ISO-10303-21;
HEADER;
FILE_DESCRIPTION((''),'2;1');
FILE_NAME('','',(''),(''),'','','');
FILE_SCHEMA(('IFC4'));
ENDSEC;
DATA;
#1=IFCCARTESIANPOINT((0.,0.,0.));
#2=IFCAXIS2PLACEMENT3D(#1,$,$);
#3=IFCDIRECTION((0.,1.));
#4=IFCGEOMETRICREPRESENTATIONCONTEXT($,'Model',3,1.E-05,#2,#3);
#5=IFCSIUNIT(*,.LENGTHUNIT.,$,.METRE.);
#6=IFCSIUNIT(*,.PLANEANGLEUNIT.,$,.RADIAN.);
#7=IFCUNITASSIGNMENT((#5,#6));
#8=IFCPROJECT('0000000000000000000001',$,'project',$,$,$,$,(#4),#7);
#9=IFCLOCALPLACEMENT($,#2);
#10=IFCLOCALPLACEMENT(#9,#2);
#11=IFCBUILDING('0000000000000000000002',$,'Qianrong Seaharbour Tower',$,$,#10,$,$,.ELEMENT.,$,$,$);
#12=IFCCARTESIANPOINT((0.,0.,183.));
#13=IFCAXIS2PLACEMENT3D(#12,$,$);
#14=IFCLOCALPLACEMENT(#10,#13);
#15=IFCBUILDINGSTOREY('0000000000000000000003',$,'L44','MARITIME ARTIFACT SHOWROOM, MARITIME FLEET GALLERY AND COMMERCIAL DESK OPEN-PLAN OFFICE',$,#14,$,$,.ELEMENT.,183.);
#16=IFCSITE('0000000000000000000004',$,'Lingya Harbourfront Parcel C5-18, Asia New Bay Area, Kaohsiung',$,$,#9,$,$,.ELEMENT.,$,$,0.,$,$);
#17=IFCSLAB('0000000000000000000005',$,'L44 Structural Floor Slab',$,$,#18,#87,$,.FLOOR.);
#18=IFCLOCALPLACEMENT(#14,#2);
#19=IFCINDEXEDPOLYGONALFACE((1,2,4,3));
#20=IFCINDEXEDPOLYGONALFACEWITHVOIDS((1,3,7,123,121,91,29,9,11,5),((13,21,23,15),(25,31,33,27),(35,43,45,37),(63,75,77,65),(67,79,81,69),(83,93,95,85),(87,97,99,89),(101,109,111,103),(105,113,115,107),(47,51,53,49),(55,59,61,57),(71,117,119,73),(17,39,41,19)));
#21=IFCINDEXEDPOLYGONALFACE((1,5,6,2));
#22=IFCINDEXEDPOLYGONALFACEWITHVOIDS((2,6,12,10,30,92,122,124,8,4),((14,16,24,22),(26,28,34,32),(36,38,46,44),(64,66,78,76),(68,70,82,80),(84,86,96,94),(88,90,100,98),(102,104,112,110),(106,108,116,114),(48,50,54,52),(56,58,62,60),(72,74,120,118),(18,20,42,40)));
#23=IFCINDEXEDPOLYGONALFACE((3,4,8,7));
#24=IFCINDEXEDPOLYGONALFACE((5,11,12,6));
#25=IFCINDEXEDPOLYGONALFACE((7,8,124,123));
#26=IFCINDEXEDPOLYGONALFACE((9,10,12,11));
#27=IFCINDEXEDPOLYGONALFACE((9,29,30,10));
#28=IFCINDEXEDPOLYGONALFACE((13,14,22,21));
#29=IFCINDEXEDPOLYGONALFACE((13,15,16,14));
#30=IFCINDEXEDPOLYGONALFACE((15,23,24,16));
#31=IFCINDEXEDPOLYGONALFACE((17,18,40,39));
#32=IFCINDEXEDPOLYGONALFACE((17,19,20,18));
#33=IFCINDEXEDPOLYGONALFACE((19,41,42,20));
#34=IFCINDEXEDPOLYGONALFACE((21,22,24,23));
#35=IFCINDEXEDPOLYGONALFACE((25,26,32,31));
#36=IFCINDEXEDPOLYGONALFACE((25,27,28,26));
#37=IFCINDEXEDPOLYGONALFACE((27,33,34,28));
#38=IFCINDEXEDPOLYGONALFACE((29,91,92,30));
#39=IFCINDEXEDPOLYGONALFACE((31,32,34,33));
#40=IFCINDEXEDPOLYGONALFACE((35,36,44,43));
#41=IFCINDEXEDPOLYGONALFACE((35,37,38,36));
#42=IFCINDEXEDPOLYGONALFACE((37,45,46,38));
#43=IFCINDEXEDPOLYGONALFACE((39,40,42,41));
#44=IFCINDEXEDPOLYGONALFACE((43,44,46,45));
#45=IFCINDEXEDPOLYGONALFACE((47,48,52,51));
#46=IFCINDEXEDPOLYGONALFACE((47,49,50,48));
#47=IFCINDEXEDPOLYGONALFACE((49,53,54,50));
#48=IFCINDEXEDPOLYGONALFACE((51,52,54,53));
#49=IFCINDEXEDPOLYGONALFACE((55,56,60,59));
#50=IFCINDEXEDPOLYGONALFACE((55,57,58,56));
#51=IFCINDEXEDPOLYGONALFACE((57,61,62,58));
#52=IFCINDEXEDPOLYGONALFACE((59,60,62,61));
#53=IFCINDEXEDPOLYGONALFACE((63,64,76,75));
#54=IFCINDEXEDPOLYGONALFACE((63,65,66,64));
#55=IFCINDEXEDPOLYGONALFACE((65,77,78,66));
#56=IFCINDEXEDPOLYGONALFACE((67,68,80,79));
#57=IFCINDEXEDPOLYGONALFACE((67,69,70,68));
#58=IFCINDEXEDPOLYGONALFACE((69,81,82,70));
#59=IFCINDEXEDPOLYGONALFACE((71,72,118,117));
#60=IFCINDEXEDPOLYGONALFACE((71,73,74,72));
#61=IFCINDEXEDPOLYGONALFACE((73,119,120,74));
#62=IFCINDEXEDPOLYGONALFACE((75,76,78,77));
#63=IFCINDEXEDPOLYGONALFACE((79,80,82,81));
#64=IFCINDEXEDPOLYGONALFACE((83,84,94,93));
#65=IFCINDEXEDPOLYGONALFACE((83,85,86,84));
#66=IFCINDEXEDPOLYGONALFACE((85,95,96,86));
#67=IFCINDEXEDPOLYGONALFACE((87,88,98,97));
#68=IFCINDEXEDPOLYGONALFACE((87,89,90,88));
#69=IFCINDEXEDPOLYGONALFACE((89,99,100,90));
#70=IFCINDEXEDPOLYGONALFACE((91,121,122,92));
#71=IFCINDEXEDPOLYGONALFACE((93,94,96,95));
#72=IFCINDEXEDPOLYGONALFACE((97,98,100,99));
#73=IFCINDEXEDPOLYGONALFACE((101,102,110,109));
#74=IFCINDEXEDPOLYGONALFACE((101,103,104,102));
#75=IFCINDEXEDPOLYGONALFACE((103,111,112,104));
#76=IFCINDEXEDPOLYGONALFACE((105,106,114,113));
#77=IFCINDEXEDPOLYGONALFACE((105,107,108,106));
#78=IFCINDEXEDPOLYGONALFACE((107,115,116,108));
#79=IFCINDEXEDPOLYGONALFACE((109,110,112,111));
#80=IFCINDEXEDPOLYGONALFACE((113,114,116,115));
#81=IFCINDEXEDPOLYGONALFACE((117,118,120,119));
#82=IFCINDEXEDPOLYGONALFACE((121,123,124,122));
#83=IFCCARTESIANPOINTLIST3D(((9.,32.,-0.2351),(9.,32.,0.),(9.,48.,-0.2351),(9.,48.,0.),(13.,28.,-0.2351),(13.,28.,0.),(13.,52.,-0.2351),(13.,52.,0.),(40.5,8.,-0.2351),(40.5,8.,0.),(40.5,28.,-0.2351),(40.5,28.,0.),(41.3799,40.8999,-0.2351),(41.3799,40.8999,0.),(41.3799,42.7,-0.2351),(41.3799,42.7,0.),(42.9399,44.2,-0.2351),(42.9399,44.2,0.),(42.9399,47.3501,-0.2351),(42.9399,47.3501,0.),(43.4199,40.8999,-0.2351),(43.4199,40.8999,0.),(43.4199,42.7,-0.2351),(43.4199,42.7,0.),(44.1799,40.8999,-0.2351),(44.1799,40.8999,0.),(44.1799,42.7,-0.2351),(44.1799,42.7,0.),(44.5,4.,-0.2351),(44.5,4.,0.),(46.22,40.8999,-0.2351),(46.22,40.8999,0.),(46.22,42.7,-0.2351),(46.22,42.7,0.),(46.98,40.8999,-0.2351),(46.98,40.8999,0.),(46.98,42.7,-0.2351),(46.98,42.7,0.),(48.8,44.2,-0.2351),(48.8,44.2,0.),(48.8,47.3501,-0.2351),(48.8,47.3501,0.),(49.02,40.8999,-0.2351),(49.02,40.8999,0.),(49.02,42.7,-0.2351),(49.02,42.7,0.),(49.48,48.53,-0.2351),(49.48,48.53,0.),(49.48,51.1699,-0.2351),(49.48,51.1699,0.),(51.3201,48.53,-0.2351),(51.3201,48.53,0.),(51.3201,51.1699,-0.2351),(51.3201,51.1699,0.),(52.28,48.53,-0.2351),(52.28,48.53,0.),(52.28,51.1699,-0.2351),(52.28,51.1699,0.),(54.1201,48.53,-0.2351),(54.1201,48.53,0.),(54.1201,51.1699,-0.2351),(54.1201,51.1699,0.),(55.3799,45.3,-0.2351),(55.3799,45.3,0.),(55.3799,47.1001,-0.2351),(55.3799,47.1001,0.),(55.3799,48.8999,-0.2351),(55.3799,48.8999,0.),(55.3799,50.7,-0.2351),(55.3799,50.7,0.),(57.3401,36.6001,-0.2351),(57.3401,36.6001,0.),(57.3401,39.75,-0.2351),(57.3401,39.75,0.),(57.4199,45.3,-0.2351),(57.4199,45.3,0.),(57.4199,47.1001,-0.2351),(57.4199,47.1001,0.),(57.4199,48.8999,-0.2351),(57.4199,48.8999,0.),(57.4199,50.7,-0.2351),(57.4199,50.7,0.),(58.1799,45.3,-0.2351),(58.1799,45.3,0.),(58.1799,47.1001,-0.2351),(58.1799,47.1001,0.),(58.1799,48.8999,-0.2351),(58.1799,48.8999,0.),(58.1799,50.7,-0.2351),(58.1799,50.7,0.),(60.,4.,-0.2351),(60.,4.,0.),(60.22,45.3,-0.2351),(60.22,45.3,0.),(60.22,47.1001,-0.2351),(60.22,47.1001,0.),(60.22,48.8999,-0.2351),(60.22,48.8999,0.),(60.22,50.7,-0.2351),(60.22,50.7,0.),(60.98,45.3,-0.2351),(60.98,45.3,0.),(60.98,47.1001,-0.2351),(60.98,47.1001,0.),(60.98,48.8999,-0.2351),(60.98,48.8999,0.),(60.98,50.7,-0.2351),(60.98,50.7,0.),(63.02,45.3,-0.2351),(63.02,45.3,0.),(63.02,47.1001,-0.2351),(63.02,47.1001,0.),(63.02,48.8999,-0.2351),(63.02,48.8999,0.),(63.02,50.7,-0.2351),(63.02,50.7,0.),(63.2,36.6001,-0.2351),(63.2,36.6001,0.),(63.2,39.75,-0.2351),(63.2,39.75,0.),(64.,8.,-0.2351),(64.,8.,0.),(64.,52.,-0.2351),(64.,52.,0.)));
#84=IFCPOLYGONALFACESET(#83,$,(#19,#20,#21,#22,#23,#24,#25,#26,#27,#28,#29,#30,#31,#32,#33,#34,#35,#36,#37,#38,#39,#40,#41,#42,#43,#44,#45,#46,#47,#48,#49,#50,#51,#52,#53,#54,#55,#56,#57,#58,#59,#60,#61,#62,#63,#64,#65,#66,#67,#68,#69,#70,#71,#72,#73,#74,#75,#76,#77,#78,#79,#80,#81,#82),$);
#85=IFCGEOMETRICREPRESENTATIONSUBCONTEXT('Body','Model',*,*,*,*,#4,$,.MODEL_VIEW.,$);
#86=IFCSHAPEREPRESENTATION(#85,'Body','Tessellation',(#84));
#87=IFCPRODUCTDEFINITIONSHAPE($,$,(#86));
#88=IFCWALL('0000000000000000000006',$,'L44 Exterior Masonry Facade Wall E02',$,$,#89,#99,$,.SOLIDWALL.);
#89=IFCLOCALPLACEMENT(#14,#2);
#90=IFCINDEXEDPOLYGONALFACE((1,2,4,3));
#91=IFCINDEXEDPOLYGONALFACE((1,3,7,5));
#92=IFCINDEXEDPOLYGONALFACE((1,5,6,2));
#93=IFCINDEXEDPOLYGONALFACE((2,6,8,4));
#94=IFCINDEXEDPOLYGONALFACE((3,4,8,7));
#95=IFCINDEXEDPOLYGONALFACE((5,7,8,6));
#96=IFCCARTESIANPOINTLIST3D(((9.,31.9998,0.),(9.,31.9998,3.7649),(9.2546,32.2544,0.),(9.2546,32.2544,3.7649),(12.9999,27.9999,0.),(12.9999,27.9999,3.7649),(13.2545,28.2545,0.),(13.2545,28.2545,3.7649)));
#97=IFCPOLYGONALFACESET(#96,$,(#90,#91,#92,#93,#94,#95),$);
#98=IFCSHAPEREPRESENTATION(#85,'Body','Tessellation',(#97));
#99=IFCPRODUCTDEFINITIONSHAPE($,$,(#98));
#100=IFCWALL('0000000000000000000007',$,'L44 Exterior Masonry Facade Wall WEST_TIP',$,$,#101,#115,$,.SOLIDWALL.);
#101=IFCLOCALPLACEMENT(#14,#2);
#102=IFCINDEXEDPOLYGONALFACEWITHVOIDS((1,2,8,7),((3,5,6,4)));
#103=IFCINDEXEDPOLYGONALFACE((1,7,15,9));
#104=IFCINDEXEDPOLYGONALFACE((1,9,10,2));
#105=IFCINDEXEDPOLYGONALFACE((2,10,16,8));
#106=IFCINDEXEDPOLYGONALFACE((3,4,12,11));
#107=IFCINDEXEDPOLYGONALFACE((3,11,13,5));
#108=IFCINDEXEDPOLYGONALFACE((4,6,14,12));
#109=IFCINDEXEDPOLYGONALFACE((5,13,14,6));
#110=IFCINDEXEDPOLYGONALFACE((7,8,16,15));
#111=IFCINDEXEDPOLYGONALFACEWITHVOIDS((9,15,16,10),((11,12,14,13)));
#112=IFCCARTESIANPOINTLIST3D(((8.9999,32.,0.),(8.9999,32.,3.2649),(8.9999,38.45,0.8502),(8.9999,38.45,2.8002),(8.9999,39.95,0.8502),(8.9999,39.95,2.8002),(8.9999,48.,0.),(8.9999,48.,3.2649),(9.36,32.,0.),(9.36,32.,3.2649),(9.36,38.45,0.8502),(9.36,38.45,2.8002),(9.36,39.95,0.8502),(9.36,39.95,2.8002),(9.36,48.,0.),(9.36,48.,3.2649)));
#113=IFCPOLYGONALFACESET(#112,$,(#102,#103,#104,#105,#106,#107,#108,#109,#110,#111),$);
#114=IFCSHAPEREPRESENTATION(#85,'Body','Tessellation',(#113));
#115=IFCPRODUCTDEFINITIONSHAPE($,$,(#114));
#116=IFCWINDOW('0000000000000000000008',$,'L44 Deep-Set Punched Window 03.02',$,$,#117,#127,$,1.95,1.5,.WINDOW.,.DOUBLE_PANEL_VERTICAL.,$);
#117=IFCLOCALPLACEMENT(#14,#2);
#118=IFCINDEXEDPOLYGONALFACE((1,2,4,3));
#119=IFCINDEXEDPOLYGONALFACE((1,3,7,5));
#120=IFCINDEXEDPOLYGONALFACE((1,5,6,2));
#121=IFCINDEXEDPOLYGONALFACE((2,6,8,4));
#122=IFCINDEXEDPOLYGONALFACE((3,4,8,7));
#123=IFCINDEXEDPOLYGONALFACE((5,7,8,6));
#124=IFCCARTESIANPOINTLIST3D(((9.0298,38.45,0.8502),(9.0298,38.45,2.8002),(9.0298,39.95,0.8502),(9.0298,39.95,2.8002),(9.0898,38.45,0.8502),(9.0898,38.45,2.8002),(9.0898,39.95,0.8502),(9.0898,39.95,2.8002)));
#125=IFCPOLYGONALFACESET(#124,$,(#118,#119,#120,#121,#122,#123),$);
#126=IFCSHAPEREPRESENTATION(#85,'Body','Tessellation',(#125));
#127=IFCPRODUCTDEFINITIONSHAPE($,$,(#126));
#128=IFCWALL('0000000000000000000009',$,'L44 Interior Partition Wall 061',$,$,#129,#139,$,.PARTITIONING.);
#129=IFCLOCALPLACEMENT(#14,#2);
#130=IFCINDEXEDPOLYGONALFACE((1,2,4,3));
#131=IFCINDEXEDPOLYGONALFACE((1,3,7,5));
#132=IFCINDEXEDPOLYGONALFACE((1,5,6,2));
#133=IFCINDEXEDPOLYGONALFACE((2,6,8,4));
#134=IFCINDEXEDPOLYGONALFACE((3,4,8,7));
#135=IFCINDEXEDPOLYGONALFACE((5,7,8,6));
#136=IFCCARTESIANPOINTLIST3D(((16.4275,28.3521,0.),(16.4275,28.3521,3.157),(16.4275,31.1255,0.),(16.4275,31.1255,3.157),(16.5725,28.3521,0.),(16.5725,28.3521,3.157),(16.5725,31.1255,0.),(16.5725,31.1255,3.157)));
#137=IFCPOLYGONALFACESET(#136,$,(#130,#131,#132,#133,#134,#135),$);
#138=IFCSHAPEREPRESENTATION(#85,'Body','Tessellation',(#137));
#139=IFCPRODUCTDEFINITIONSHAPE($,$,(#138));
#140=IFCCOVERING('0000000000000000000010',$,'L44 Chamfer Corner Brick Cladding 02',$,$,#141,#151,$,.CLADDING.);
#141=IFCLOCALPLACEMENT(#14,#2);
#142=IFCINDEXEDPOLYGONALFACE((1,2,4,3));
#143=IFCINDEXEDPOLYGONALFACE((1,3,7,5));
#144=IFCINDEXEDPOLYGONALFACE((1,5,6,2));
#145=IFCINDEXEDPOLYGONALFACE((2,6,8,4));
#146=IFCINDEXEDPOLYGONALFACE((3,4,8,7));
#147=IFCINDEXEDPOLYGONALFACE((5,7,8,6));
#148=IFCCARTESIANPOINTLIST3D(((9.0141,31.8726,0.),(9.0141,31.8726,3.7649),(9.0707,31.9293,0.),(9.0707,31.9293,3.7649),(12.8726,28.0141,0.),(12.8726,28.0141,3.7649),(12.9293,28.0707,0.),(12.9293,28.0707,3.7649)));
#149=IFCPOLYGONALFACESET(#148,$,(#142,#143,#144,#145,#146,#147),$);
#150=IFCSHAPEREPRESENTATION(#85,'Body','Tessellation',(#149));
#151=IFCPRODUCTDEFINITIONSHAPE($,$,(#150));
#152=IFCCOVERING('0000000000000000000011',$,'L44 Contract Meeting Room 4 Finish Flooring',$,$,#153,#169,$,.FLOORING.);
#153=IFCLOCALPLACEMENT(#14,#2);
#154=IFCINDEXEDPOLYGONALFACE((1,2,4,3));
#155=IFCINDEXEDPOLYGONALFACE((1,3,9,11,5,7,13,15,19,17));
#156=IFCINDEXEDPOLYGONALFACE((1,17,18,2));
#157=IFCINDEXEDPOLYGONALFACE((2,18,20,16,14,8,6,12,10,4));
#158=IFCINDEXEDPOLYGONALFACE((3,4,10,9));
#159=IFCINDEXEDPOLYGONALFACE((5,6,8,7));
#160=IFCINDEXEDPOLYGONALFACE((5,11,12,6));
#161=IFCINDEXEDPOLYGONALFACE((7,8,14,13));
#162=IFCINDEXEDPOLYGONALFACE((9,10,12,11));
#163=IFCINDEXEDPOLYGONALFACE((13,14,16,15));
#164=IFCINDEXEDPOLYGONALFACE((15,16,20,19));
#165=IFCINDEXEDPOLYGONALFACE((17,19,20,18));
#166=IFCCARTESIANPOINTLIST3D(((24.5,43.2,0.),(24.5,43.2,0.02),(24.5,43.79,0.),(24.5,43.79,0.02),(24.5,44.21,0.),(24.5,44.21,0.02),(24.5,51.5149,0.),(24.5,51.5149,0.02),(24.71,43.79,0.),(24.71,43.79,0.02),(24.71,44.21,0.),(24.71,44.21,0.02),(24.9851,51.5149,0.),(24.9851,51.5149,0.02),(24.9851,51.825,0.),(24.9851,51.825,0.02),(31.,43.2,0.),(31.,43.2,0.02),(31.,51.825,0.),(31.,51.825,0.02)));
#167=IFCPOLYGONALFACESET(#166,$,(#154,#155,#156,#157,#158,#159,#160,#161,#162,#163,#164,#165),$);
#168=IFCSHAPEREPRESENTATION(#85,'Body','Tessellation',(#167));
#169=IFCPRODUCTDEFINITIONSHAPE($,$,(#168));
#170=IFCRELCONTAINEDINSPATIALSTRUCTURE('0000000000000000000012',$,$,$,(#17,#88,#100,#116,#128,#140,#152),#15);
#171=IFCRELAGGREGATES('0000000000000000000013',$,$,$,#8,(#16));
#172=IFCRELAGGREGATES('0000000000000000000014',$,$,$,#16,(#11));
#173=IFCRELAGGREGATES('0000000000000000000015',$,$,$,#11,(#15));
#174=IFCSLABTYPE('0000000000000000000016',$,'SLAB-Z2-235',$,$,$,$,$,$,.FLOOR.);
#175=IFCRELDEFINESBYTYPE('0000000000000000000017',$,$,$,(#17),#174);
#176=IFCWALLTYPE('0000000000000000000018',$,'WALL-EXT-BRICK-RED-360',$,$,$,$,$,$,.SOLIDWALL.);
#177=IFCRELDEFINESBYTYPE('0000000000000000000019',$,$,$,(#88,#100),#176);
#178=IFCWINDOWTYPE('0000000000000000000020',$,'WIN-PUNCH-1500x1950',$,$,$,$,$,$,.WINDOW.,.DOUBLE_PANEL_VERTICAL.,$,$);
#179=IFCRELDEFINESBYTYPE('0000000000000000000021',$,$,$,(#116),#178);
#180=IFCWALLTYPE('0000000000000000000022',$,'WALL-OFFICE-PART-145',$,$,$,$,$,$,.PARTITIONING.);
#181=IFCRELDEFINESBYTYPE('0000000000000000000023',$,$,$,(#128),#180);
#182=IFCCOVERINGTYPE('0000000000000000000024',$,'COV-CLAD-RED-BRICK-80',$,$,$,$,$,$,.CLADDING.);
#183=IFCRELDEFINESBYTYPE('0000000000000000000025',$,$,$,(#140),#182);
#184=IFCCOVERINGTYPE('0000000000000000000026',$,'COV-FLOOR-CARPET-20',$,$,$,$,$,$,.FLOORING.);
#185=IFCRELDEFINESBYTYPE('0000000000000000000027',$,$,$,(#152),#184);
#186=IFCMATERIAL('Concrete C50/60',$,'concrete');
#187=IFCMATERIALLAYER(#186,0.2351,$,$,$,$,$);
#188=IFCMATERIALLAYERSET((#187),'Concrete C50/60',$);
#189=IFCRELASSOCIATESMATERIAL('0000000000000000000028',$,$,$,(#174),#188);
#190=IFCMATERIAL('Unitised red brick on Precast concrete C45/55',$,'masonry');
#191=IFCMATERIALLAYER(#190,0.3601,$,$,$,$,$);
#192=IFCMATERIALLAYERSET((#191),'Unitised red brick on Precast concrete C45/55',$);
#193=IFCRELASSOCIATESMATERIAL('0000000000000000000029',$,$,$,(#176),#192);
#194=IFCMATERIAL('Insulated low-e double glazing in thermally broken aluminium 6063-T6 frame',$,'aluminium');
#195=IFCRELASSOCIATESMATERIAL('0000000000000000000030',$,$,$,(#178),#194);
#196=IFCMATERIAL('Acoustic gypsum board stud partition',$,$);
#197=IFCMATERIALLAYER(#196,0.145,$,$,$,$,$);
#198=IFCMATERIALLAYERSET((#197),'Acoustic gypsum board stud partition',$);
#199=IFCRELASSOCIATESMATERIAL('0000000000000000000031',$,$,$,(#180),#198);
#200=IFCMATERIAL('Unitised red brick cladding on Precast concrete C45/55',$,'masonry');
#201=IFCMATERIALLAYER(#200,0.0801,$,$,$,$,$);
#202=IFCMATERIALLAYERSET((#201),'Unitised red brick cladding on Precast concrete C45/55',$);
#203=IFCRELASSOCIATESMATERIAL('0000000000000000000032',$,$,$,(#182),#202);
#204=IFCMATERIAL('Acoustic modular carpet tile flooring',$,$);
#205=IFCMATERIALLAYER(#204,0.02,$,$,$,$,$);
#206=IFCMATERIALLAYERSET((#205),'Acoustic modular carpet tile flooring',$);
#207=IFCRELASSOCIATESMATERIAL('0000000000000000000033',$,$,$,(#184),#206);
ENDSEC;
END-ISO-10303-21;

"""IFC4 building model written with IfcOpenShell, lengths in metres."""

from ifc_helpers import new_model, si_unit, direction, frame, frame_2d, origin, origin_2d, place, context, subcontext, project, spatial, polyline, rectangle, outline, extrude, material, layer, layer_set, type_object, element, fill, save


model = new_model("IFC4")

# Units and contexts
model_context = context("Model", 3, precision=1e-05, world=origin(), true_north=direction((0.0, 1.0)))
body_context = subcontext(model_context, "Body", "Model", "MODEL_VIEW")
ifc_project = project(units=[si_unit("LENGTHUNIT", "METRE"), si_unit("PLANEANGLEUNIT", "RADIAN")], contexts=[model_context])

# Site, building, storey
site_placement = place(None, origin())
site = spatial("IfcSite", under=ifc_project, at=site_placement, Name="Lingya Harbourfront Parcel C5-18, Asia New Bay Area, Kaohsiung", CompositionType="ELEMENT", RefElevation=0.0)
building_placement = place(site_placement, origin())
building = spatial("IfcBuilding", under=site, at=building_placement, Name="Qianrong Seaharbour Tower", CompositionType="ELEMENT")
storey_placement = place(building_placement, frame((0.0, 0.0, 183.0)))
storey = spatial("IfcBuildingStorey", under=building, at=storey_placement, Name="L44", Description="MARITIME ARTIFACT SHOWROOM, MARITIME FLEET GALLERY AND COMMERCIAL DESK OPEN-PLAN OFFICE", CompositionType="ELEMENT", Elevation=183.0)

# Shared definitions
ifc_material_1 = material(Name="Concrete C50/60", Category="concrete")

# Slab
ifc_layer_1 = layer(ifc_material_1, 0.2351)
ifc_layer_set_1 = layer_set([ifc_layer_1], Name="Concrete C50/60")
slab_type_1 = type_object("IfcSlabType", Name="SLAB-Z2-235", PredefinedType="FLOOR", material=ifc_layer_set_1)
slab_1_placement = place(storey_placement, frame((0.0, 0.0, -0.2351)))
element("IfcSlab", 1, at=slab_1_placement, inside=storey, type_object=slab_type_1, Name="L44 Structural Floor Slab", PredefinedType="FLOOR", context=body_context, shape_type="SweptSolid", body=[
    extrude(outline(polyline([(44.5, 4.0), (60.0, 4.0), (64.0, 8.0), (64.0, 52.0), (13.0, 52.0), (9.0, 48.0), (9.0, 32.0), (13.0, 28.0), (40.5, 28.0), (40.5, 8.0), (44.5, 4.0)]), holes=[polyline([(42.9399, 44.2), (42.9399, 47.3501), (48.8, 47.3501), (48.8, 44.2), (42.9399, 44.2)]), polyline([(57.3401, 36.6001), (57.3401, 39.75), (63.2, 39.75), (63.2, 36.6001), (57.3401, 36.6001)]), polyline([(49.48, 48.53), (49.48, 51.1699), (51.3201, 51.1699), (51.3201, 48.53), (49.48, 48.53)]), polyline([(52.28, 48.53), (52.28, 51.1699), (54.1201, 51.1699), (54.1201, 48.53), (52.28, 48.53)]), polyline([(41.3799, 40.8999), (41.3799, 42.7), (43.4199, 42.7), (43.4199, 40.8999), (41.3799, 40.8999)]), polyline([(44.1799, 40.8999), (44.1799, 42.7), (46.22, 42.7), (46.22, 40.8999), (44.1799, 40.8999)]), polyline([(46.98, 40.8999), (46.98, 42.7), (49.02, 42.7), (49.02, 40.8999), (46.98, 40.8999)]), polyline([(55.3799, 45.3), (55.3799, 47.1001), (57.4199, 47.1001), (57.4199, 45.3), (55.3799, 45.3)]), polyline([(58.1799, 45.3), (58.1799, 47.1001), (60.22, 47.1001), (60.22, 45.3), (58.1799, 45.3)]), polyline([(60.98, 45.3), (60.98, 47.1001), (63.02, 47.1001), (63.02, 45.3), (60.98, 45.3)]), polyline([(55.3799, 48.8999), (55.3799, 50.7), (57.4199, 50.7), (57.4199, 48.8999), (55.3799, 48.8999)]), polyline([(58.1799, 48.8999), (58.1799, 50.7), (60.22, 50.7), (60.22, 48.8999), (58.1799, 48.8999)]), polyline([(60.98, 48.8999), (60.98, 50.7), (63.02, 50.7), (63.02, 48.8999), (60.98, 48.8999)])]), origin(), (0.0, 0.0, 1.0), 0.2351),
])

# Wall
ifc_material_2 = material(Name="Unitised red brick on Precast concrete C45/55", Category="masonry")
ifc_layer_2 = layer(ifc_material_2, 0.3601)
ifc_layer_set_2 = layer_set([ifc_layer_2], Name="Unitised red brick on Precast concrete C45/55")
wall_type_1 = type_object("IfcWallType", Name="WALL-EXT-BRICK-RED-360", PredefinedType="SOLIDWALL", material=ifc_layer_set_2)
wall_1_placement = place(storey_placement, frame((13.1272, 28.1272, 0.0), z_axis=(0.0, 0.0, 1.0), x_axis=(-0.707107, 0.707107, 0.0)))
element("IfcWall", 2, at=wall_1_placement, inside=storey, type_object=wall_type_1, Name="L44 Exterior Masonry Facade Wall E02", PredefinedType="SOLIDWALL", context=body_context, shape_type="SweptSolid", body=[
    extrude(rectangle(XDim=5.6567, YDim=0.3601, at=frame_2d((2.8284, 0.0))), origin(), (0.0, 0.0, 1.0), 3.7649),
])

# Wall, opening, window
wall_2_placement = place(storey_placement, frame((9.1799, 32.0, 0.0), z_axis=(0.0, 0.0, 1.0), x_axis=(0.0, 1.0, 0.0)))
wall_2 = element("IfcWall", 3, at=wall_2_placement, inside=storey, type_object=wall_type_1, Name="L44 Exterior Masonry Facade Wall WEST_TIP", PredefinedType="SOLIDWALL", context=body_context, shape_type="SweptSolid", body=[
    extrude(rectangle(XDim=16.0, YDim=0.3601, at=frame_2d((8.0, 0.0))), origin(), (0.0, 0.0, 1.0), 3.2649),
])
opening_placement = place(wall_2_placement, frame((6.45, 0.0, 0.8501)))
opening = element("IfcOpeningElement", 4, at=opening_placement, cuts=wall_2, PredefinedType="OPENING", context=body_context, shape_type="SweptSolid", body=[
    extrude(rectangle(XDim=1.5, YDim=1.95, at=frame_2d((0.75, 0.9751))), frame((0.0, 0.1899, 0.0), z_axis=(0.0, -1.0, 0.0), x_axis=(1.0, 0.0, 0.0)), (0.0, 0.0, 1.0), 0.3801),
])
ifc_material_3 = material(Name="Insulated low-e double glazing in thermally broken aluminium 6063-T6 frame", Category="aluminium")
window_type = type_object("IfcWindowType", Name="WIN-PUNCH-1500x1950", PartitioningType="DOUBLE_PANEL_VERTICAL", PredefinedType="WINDOW", material=ifc_material_3)
window_placement = place(opening_placement, origin())
window = element("IfcWindow", 5, at=window_placement, inside=storey, type_object=window_type, Name="L44 Deep-Set Punched Window 03.02", OverallHeight=1.95, OverallWidth=1.5, PartitioningType="DOUBLE_PANEL_VERTICAL", PredefinedType="WINDOW", context=body_context, shape_type="SweptSolid", body=[
    extrude(rectangle(XDim=1.5, YDim=1.95, at=frame_2d((0.75, 0.9751))), frame((0.0, 0.1501, 0.0), z_axis=(0.0, -1.0, 0.0), x_axis=(1.0, 0.0, 0.0)), (0.0, 0.0, 1.0), 0.0601),
])
fill(opening, window)

# Wall
ifc_material_4 = material(Name="Acoustic gypsum board stud partition")
ifc_layer_3 = layer(ifc_material_4, 0.145)
ifc_layer_set_3 = layer_set([ifc_layer_3], Name="Acoustic gypsum board stud partition")
wall_type_2 = type_object("IfcWallType", Name="WALL-OFFICE-PART-145", PredefinedType="PARTITIONING", material=ifc_layer_set_3)
wall_3_placement = place(storey_placement, frame((16.5, 31.1255, 0.0), z_axis=(0.0, 0.0, 1.0), x_axis=(0.0, -1.0, 0.0)))
element("IfcWall", 6, at=wall_3_placement, inside=storey, type_object=wall_type_2, Name="L44 Interior Partition Wall 061", PredefinedType="PARTITIONING", context=body_context, shape_type="SweptSolid", body=[
    extrude(rectangle(XDim=2.7734, YDim=0.145, at=frame_2d((1.3867, 0.0))), origin(), (0.0, 0.0, 1.0), 3.157),
])

# Coverings
ifc_material_5 = material(Name="Unitised red brick cladding on Precast concrete C45/55", Category="masonry")
ifc_layer_4 = layer(ifc_material_5, 0.0801)
ifc_layer_set_4 = layer_set([ifc_layer_4], Name="Unitised red brick cladding on Precast concrete C45/55")
covering_type_1 = type_object("IfcCoveringType", Name="COV-CLAD-RED-BRICK-80", PredefinedType="CLADDING", material=ifc_layer_set_4)
covering_1_placement = place(storey_placement, frame((10.9717, 29.9717, 0.0), z_axis=(0.0, 0.0, 1.0), x_axis=(-0.707107, 0.707107, 0.0)))
element("IfcCovering", 7, at=covering_1_placement, inside=storey, type_object=covering_type_1, Name="L44 Chamfer Corner Brick Cladding 02", PredefinedType="CLADDING", context=body_context, shape_type="SweptSolid", body=[
    extrude(rectangle(XDim=5.4568, YDim=0.0801, at=origin_2d()), origin(), (0.0, 0.0, 1.0), 3.7649),
])
ifc_material_6 = material(Name="Acoustic modular carpet tile flooring")
ifc_layer_5 = layer(ifc_material_6, 0.02)
ifc_layer_set_5 = layer_set([ifc_layer_5], Name="Acoustic modular carpet tile flooring")
covering_type_2 = type_object("IfcCoveringType", Name="COV-FLOOR-CARPET-20", PredefinedType="FLOORING", material=ifc_layer_set_5)
covering_2_placement = place(storey_placement, origin())
element("IfcCovering", 8, at=covering_2_placement, inside=storey, type_object=covering_type_2, Name="L44 Contract Meeting Room 4 Finish Flooring", PredefinedType="FLOORING", context=body_context, shape_type="SweptSolid", body=[
    extrude(outline(polyline([(24.5, 43.79), (24.71, 43.79), (24.71, 44.21), (24.5, 44.21), (24.5, 51.5149), (24.9851, 51.5149), (24.9851, 51.825), (31.0, 51.825), (31.0, 43.2), (24.5, 43.2), (24.5, 43.79)])), origin(), (0.0, 0.0, 1.0), 0.02),
])

save(model, "model.ifc")
